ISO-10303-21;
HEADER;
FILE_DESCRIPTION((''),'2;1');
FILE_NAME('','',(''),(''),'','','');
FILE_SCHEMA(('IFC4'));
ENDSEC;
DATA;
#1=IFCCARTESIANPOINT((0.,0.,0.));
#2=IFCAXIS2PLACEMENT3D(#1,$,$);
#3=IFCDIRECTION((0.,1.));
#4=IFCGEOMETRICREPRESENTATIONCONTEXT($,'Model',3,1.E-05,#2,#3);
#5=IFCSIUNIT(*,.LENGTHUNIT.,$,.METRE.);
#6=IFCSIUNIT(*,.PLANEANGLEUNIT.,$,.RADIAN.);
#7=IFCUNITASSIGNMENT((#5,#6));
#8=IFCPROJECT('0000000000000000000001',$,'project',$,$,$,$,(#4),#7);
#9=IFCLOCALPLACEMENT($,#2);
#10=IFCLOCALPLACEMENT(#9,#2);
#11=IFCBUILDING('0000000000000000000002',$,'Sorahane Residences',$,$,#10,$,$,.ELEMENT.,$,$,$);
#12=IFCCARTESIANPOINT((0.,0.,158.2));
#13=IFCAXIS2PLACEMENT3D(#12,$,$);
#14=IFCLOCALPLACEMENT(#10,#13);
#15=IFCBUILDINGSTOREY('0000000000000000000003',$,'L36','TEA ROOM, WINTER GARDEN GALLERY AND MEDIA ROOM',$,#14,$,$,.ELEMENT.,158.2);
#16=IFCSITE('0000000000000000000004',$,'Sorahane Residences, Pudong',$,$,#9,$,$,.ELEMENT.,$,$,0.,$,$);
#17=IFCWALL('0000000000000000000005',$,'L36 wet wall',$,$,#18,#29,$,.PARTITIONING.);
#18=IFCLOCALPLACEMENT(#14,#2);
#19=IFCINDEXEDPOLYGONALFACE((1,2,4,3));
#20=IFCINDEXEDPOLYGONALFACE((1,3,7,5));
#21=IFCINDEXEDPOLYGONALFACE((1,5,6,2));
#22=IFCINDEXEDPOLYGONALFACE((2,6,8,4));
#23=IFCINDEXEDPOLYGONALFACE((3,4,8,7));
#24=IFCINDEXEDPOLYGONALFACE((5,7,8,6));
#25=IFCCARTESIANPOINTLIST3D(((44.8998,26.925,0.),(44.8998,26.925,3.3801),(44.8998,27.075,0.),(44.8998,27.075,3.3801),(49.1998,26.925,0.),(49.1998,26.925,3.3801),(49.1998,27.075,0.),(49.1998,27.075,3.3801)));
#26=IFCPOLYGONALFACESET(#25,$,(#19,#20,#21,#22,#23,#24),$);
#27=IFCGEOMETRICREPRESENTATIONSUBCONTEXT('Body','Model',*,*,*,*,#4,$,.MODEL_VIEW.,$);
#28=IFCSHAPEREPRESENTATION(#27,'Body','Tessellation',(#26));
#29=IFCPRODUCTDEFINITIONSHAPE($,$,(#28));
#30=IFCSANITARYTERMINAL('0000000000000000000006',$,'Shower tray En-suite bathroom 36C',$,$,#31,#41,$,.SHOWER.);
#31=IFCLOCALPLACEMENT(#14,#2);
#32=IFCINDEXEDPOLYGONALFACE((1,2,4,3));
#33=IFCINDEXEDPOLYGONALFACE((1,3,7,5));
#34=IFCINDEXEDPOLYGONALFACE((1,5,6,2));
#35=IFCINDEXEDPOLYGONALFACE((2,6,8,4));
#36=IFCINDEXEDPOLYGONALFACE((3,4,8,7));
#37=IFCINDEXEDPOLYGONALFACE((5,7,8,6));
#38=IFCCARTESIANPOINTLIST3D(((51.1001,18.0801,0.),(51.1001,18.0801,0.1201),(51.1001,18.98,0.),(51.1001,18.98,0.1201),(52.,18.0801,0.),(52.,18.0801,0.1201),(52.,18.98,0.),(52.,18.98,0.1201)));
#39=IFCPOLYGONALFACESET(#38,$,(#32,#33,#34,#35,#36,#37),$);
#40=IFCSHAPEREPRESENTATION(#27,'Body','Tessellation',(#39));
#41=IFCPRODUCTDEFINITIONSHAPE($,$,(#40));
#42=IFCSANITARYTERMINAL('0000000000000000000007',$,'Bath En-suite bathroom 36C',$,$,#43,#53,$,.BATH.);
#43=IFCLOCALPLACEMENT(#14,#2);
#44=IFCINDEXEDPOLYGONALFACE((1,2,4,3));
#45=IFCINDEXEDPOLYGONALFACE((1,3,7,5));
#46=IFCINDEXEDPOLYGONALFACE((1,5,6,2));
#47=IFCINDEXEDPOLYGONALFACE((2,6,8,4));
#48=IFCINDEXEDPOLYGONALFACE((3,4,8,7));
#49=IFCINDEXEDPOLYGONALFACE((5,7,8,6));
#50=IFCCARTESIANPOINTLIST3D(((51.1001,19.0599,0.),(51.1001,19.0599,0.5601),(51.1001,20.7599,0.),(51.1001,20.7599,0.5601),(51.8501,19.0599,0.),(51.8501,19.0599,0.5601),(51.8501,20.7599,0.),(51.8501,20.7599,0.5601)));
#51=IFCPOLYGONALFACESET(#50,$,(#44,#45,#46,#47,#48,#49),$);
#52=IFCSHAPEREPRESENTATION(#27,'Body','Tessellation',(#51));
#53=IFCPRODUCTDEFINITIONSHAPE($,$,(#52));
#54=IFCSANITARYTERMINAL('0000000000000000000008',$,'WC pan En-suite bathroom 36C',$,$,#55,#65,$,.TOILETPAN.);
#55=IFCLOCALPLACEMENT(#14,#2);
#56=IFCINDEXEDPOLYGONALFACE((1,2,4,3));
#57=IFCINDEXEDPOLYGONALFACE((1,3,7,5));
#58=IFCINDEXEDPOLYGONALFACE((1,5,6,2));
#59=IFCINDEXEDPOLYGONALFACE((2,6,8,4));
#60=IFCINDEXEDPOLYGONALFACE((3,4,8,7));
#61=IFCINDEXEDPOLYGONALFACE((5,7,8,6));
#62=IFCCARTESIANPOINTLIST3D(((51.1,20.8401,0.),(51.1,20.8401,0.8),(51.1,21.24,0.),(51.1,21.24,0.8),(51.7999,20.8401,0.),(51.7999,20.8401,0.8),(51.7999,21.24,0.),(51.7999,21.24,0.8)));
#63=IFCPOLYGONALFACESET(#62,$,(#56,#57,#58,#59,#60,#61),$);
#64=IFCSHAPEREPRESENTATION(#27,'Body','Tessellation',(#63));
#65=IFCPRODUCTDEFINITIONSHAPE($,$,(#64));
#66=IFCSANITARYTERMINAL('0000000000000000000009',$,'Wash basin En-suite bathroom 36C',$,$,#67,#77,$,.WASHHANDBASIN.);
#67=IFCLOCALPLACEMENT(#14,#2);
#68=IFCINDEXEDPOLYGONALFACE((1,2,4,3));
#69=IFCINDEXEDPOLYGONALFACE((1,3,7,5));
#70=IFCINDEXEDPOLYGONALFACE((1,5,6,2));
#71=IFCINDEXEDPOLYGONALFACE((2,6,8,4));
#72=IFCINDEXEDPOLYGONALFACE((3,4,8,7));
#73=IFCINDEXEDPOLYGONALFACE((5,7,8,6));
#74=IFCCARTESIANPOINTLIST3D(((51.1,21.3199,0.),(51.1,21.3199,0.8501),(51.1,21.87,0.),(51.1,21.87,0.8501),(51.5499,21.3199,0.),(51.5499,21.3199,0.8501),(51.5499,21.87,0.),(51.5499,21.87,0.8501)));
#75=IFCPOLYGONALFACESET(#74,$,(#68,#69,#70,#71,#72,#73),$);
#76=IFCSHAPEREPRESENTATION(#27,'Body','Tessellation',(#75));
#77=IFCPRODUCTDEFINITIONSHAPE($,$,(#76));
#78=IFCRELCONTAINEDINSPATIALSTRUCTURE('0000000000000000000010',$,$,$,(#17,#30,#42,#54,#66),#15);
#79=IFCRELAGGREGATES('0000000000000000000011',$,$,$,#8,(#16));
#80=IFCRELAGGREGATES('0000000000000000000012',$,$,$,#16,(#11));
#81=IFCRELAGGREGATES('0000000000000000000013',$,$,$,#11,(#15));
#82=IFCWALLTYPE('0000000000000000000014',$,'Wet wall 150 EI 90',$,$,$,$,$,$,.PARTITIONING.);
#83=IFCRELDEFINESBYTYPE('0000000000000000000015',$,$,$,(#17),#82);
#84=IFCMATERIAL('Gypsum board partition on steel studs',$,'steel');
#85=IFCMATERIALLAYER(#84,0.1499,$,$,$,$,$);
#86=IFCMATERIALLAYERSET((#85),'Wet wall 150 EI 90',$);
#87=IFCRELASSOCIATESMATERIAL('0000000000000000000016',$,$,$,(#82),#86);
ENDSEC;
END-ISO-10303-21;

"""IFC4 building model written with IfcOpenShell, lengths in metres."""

from ifc_helpers import new_model, si_unit, direction, frame, frame_2d, origin, origin_2d, place, context, subcontext, project, spatial, rectangle, extrude, material, layer, layer_set, type_object, element, save


model = new_model("IFC4")

# Units and contexts
model_context = context("Model", 3, precision=1e-05, world=origin(), true_north=direction((0.0, 1.0)))
body_context = subcontext(model_context, "Body", "Model", "MODEL_VIEW")
ifc_project = project(units=[si_unit("LENGTHUNIT", "METRE"), si_unit("PLANEANGLEUNIT", "RADIAN")], contexts=[model_context])

# Site, building, storey
site_placement = place(None, origin())
site = spatial("IfcSite", under=ifc_project, at=site_placement, Name="Sorahane Residences, Pudong", CompositionType="ELEMENT", RefElevation=0.0)
building_placement = place(site_placement, origin())
building = spatial("IfcBuilding", under=site, at=building_placement, Name="Sorahane Residences", CompositionType="ELEMENT")
storey_placement = place(building_placement, frame((0.0, 0.0, 158.2)))
storey = spatial("IfcBuildingStorey", under=building, at=storey_placement, Name="L36", Description="TEA ROOM, WINTER GARDEN GALLERY AND MEDIA ROOM", CompositionType="ELEMENT", Elevation=158.2)

# Shared definitions
ifc_material_1 = material(Name="Gypsum board partition on steel studs", Category="steel")
ifc_layer_1 = layer(ifc_material_1, 0.1499)
ifc_layer_set_1 = layer_set([ifc_layer_1], Name="Wet wall 150 EI 90")
wall_type_1 = type_object("IfcWallType", Name="Wet wall 150 EI 90", PredefinedType="PARTITIONING", material=ifc_layer_set_1)

# Wall
wall_1_placement = place(storey_placement, frame((44.8999, 27.0, 0.0), z_axis=(0.0, 0.0, 1.0), x_axis=(1.0, 0.0, 0.0)))
element("IfcWall", 1, at=wall_1_placement, inside=storey, type_object=wall_type_1, Name="L36 wet wall", PredefinedType="PARTITIONING", context=body_context, shape_type="SweptSolid", body=[
    extrude(rectangle(XDim=4.3, YDim=0.1499, at=frame_2d((2.1499, 0.0))), origin(), (0.0, 0.0, 1.0), 3.3801),
])

# Sanitary terminals
sanitary_terminal_1_placement = place(storey_placement, frame((51.55, 18.53, 0.0), z_axis=(0.0, 0.0, 1.0), x_axis=(0.0, 1.0, 0.0)))
element("IfcSanitaryTerminal", 2, at=sanitary_terminal_1_placement, inside=storey, Name="Shower tray En-suite bathroom 36C", PredefinedType="SHOWER", context=body_context, shape_type="SweptSolid", body=[
    extrude(rectangle(XDim=0.8999, YDim=0.8999, at=origin_2d()), origin(), (0.0, 0.0, 1.0), 0.1201),
])
sanitary_terminal_2_placement = place(storey_placement, frame((51.4751, 19.9099, 0.0), z_axis=(0.0, 0.0, 1.0), x_axis=(0.0, 1.0, 0.0)))
element("IfcSanitaryTerminal", 3, at=sanitary_terminal_2_placement, inside=storey, Name="Bath En-suite bathroom 36C", PredefinedType="BATH", context=body_context, shape_type="SweptSolid", body=[
    extrude(rectangle(XDim=1.7, YDim=0.75, at=origin_2d()), origin(), (0.0, 0.0, 1.0), 0.5601),
])
sanitary_terminal_3_placement = place(storey_placement, frame((51.45, 21.04, 0.0), z_axis=(0.0, 0.0, 1.0), x_axis=(0.0, 1.0, 0.0)))
element("IfcSanitaryTerminal", 4, at=sanitary_terminal_3_placement, inside=storey, Name="WC pan En-suite bathroom 36C", PredefinedType="TOILETPAN", context=body_context, shape_type="SweptSolid", body=[
    extrude(rectangle(XDim=0.3999, YDim=0.7, at=origin_2d()), origin(), (0.0, 0.0, 1.0), 0.8),
])
sanitary_terminal_4_placement = place(storey_placement, frame((51.325, 21.595, 0.0), z_axis=(0.0, 0.0, 1.0), x_axis=(0.0, 1.0, 0.0)))
element("IfcSanitaryTerminal", 5, at=sanitary_terminal_4_placement, inside=storey, Name="Wash basin En-suite bathroom 36C", PredefinedType="WASHHANDBASIN", context=body_context, shape_type="SweptSolid", body=[
    extrude(rectangle(XDim=0.55, YDim=0.45, at=origin_2d()), origin(), (0.0, 0.0, 1.0), 0.8501),
])

save(model, "model.ifc")
